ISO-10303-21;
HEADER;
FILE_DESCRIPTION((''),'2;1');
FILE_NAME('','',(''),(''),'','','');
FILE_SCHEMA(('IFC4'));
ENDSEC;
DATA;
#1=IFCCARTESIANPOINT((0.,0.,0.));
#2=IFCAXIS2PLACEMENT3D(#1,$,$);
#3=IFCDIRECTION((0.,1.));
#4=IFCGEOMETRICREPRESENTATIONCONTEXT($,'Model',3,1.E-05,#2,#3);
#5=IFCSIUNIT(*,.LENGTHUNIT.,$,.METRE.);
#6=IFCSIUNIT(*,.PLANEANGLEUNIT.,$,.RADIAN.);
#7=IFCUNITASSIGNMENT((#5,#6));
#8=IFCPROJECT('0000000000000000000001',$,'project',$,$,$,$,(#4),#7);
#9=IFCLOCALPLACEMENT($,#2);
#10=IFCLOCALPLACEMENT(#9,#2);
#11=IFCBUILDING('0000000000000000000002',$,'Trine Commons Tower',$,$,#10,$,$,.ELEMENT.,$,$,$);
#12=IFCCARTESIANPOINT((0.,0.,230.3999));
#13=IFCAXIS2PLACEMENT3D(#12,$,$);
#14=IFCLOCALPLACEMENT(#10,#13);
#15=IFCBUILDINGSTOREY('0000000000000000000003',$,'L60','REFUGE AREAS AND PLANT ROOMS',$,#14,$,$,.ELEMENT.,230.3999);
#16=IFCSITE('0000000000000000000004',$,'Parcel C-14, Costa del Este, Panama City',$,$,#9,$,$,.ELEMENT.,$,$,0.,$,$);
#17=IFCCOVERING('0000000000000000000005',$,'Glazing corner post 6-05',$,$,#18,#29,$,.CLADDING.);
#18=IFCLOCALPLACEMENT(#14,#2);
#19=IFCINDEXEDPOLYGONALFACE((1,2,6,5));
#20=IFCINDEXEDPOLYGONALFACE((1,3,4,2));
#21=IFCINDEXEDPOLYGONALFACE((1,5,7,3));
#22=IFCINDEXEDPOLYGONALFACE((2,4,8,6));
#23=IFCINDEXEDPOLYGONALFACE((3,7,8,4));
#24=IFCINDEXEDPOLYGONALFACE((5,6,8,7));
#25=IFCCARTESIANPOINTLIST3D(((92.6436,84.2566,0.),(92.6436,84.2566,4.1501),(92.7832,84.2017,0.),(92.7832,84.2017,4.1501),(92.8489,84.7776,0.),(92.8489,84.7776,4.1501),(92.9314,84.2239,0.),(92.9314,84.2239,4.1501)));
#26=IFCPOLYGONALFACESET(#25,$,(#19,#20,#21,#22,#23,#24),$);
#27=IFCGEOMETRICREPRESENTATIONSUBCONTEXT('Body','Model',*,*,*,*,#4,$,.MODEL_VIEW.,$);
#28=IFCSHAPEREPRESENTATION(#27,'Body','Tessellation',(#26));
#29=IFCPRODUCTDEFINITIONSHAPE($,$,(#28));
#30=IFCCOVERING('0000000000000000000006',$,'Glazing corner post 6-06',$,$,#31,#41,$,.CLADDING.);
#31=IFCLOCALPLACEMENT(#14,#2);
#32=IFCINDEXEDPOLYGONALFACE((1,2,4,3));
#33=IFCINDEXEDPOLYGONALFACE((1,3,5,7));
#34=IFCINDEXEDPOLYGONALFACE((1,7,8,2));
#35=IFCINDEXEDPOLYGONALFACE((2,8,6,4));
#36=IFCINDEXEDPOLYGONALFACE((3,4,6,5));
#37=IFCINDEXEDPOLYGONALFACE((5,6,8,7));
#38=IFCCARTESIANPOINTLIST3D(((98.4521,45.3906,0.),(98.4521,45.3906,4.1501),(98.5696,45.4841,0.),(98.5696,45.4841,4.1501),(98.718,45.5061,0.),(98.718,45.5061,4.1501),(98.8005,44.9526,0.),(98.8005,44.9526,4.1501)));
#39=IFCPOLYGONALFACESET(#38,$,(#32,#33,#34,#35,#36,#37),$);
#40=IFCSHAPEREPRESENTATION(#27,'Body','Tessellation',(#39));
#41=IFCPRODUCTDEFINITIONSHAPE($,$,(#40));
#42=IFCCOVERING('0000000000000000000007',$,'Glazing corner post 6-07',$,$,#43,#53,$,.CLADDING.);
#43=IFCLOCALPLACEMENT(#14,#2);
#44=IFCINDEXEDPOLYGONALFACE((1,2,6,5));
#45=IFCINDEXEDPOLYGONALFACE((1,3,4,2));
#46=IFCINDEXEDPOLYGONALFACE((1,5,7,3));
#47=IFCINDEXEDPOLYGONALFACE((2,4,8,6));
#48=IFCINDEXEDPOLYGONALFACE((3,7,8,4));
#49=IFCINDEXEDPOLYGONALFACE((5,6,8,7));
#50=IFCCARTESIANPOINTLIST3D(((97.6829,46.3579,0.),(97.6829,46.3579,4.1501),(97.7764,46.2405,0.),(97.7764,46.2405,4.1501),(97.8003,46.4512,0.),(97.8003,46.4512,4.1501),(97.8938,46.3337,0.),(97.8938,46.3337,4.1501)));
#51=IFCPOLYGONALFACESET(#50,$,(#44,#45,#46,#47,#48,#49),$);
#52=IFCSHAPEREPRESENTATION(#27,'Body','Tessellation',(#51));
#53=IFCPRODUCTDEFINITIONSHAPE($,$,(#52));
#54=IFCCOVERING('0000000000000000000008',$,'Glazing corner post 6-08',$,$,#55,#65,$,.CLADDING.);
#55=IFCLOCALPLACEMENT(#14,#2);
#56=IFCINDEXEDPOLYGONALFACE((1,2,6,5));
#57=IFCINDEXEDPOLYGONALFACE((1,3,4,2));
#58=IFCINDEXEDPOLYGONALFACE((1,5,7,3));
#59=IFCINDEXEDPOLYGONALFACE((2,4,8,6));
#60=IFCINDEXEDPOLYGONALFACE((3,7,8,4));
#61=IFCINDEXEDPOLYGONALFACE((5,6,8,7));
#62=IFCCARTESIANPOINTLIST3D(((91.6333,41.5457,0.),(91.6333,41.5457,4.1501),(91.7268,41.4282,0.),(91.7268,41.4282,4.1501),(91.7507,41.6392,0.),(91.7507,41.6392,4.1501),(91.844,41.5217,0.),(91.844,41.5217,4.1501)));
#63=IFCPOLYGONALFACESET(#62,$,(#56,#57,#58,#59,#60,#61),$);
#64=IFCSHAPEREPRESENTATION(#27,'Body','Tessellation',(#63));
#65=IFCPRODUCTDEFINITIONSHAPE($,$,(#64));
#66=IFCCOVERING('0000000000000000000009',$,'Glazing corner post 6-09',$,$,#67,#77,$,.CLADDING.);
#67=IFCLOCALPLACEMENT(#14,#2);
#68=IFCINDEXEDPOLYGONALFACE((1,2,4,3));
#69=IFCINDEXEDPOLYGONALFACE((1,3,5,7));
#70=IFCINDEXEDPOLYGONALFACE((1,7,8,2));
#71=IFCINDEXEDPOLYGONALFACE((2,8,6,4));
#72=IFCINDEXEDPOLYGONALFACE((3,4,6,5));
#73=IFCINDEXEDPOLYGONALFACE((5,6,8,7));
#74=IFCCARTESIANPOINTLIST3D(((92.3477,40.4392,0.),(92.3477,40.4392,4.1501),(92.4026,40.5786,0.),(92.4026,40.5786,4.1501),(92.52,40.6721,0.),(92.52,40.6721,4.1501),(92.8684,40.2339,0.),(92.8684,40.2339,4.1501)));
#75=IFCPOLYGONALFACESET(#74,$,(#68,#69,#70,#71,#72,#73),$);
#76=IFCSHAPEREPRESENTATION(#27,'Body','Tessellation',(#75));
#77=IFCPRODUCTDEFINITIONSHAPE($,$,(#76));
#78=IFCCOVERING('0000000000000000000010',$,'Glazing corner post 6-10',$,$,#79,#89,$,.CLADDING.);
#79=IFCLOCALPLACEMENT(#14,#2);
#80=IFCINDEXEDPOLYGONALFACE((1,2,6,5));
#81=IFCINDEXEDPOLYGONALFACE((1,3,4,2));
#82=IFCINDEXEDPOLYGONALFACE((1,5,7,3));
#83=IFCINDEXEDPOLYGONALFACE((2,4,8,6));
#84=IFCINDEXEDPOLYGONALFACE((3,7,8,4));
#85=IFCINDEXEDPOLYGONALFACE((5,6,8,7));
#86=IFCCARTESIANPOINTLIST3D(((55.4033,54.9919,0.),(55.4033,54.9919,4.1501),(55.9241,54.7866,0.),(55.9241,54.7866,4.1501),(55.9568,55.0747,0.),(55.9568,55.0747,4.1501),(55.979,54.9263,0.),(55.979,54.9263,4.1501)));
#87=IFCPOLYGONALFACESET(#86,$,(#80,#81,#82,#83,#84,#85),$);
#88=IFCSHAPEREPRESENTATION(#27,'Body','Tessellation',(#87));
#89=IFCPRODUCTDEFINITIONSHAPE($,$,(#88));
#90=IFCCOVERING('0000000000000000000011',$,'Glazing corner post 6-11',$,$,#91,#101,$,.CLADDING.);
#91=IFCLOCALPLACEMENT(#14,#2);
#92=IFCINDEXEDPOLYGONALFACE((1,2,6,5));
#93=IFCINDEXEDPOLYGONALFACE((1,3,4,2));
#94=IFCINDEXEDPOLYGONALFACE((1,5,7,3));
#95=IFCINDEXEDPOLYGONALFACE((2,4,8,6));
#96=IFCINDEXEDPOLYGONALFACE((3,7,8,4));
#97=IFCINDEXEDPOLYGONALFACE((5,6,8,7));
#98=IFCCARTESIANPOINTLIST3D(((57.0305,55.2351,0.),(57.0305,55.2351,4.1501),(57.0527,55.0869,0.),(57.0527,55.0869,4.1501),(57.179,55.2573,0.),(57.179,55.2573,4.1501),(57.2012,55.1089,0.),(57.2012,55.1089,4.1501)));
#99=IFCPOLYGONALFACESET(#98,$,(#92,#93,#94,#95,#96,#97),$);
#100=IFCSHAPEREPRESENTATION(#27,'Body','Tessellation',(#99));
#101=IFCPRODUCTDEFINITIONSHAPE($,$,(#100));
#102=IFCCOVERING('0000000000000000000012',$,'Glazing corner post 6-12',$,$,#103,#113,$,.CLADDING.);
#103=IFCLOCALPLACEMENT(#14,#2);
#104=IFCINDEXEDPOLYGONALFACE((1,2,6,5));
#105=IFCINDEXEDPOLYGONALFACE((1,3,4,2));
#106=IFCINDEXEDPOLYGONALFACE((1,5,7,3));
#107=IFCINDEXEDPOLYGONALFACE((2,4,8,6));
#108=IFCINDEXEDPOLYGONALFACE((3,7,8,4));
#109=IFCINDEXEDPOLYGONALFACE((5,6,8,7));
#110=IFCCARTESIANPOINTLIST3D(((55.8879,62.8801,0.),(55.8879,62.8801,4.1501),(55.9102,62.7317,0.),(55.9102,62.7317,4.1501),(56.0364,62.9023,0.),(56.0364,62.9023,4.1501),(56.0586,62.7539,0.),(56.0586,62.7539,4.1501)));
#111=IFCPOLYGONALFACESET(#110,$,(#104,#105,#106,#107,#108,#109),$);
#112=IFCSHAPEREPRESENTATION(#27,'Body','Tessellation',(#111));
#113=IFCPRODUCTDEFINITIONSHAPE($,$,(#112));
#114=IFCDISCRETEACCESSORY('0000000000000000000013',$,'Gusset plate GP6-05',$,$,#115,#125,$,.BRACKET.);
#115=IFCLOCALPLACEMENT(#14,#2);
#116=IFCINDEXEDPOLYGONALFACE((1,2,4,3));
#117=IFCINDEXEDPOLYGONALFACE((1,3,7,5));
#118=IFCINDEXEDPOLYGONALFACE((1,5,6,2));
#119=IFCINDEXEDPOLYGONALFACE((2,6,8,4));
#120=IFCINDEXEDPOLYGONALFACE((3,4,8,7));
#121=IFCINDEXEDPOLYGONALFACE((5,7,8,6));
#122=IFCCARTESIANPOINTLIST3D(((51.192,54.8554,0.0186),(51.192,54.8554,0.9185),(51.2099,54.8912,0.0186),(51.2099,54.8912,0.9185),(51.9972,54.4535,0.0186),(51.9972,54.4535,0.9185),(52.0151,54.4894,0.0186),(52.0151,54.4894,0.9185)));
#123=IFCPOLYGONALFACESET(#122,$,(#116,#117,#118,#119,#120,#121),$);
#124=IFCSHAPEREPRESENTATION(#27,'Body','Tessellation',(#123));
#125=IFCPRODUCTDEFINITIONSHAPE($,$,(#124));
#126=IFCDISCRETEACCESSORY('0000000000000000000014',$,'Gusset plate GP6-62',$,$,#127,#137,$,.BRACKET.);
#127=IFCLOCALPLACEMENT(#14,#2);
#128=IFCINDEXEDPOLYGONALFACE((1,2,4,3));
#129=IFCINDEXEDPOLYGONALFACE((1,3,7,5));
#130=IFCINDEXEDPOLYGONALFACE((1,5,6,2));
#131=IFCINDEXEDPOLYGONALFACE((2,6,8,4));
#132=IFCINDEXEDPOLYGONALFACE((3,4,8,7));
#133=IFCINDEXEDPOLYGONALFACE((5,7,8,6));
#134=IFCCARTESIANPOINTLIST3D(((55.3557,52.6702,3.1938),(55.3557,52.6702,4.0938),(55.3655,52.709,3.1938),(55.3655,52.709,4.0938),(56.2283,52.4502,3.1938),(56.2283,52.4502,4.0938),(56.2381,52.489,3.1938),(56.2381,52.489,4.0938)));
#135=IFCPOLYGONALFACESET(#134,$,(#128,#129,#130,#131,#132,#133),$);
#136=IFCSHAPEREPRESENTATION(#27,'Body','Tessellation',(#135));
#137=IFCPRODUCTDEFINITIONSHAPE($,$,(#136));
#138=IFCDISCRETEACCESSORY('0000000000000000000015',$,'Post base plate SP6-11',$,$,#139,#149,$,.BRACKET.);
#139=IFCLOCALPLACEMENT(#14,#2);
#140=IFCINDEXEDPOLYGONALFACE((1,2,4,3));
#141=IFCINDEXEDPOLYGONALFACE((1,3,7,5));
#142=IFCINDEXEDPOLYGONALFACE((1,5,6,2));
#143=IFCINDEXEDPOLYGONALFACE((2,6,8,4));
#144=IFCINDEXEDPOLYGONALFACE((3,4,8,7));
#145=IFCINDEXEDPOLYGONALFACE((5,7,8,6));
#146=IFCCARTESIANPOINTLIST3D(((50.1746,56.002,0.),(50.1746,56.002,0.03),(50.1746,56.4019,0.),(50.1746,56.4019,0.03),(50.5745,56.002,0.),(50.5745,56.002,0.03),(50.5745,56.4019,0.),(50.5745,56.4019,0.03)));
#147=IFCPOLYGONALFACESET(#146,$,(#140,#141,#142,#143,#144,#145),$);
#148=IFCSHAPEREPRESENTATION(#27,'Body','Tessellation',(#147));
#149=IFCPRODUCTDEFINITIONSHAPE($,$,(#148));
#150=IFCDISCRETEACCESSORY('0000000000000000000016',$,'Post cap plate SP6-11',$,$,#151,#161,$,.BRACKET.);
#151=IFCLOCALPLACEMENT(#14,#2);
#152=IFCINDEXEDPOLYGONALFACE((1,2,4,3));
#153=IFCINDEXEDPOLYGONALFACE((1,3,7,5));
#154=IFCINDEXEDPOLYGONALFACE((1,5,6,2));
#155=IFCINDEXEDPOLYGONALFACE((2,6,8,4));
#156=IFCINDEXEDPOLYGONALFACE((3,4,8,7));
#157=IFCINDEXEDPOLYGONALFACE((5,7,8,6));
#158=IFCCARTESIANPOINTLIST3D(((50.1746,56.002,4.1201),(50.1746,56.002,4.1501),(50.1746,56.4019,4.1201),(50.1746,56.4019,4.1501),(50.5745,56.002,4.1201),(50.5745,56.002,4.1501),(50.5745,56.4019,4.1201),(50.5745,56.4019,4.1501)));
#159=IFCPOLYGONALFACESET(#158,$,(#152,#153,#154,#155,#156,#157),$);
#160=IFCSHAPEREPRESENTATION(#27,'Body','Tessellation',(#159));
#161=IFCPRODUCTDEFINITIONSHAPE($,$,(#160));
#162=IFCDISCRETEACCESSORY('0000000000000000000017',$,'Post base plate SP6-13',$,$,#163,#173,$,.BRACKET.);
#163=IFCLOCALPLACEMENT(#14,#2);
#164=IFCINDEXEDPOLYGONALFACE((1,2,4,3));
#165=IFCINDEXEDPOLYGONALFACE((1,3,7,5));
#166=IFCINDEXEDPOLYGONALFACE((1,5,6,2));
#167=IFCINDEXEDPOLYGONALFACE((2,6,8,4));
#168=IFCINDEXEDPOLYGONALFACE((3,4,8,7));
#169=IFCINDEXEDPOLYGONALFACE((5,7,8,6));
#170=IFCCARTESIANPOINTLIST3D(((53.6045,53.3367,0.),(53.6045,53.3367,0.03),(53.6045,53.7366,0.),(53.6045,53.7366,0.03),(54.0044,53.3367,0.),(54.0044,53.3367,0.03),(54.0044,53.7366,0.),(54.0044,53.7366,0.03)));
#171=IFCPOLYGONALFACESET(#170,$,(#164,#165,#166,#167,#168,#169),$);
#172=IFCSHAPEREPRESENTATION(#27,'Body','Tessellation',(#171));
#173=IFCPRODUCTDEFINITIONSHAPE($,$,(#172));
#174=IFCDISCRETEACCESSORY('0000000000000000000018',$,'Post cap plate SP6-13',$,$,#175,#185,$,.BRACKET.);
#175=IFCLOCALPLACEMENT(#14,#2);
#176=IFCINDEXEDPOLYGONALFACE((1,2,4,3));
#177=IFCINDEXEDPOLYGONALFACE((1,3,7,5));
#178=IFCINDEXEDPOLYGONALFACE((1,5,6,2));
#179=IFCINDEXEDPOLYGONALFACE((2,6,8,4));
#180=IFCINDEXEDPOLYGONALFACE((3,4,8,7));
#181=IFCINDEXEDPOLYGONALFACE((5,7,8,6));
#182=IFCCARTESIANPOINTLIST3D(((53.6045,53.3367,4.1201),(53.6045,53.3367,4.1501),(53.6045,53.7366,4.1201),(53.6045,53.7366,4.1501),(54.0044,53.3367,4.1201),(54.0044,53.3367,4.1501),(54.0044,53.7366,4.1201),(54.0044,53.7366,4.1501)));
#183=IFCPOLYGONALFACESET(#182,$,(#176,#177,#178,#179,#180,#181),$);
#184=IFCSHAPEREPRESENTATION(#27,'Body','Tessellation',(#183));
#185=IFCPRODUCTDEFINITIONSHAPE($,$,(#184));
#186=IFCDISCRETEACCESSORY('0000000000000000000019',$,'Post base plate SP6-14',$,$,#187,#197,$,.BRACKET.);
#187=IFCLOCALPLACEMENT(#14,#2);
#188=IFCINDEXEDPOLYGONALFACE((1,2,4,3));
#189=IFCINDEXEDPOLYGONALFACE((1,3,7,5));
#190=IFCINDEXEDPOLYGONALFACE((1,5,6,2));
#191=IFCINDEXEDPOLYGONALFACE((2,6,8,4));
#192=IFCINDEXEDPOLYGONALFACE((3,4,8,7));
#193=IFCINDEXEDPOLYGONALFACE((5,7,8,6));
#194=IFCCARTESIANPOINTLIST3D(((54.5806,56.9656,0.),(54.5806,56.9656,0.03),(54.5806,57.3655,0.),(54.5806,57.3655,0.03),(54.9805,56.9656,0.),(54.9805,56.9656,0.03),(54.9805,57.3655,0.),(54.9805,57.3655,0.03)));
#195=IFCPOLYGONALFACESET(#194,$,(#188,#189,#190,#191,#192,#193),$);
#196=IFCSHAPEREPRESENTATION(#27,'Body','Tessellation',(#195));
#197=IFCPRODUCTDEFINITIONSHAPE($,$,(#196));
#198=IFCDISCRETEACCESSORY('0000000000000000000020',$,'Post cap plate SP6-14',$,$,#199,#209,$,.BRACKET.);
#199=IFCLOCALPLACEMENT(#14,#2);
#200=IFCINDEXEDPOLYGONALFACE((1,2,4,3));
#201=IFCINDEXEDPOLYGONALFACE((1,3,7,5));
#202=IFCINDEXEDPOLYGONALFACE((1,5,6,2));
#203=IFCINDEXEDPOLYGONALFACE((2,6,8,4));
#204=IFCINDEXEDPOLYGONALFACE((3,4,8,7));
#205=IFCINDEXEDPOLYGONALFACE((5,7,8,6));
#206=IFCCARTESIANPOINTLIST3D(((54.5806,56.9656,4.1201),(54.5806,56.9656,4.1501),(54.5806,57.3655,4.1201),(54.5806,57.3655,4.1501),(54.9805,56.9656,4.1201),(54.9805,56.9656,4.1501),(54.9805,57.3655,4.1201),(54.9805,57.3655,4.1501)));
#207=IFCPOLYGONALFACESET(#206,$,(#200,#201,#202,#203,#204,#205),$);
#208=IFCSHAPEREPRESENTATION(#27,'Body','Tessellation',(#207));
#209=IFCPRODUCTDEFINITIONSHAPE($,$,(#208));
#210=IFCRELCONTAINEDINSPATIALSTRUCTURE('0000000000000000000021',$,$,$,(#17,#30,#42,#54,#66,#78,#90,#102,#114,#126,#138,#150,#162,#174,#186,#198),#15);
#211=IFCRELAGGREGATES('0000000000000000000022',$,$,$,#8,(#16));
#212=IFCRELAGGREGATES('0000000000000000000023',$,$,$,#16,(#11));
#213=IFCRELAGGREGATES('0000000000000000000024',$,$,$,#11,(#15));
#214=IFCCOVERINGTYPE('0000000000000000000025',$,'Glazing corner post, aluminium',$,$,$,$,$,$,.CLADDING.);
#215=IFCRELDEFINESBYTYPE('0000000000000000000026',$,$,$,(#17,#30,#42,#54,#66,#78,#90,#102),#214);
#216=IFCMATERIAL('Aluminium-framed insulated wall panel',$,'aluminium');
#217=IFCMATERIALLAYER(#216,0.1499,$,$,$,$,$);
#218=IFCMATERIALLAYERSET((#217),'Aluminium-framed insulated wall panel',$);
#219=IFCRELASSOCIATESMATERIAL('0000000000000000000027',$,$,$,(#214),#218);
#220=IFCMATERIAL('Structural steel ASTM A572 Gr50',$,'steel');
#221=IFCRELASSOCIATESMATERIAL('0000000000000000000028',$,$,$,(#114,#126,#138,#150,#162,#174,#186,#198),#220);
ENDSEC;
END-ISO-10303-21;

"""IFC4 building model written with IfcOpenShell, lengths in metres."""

from ifc_helpers import new_model, si_unit, direction, frame, origin, origin_2d, place, context, subcontext, project, spatial, polyline, rectangle, outline, extrude, material, layer, layer_set, type_object, element, save


model = new_model("IFC4")

# Units and contexts
model_context = context("Model", 3, precision=1e-05, world=origin(), true_north=direction((0.0, 1.0)))
body_context = subcontext(model_context, "Body", "Model", "MODEL_VIEW")
ifc_project = project(units=[si_unit("LENGTHUNIT", "METRE"), si_unit("PLANEANGLEUNIT", "RADIAN")], contexts=[model_context])

# Site, building, storey
site_placement = place(None, origin())
site = spatial("IfcSite", under=ifc_project, at=site_placement, Name="Parcel C-14, Costa del Este, Panama City", CompositionType="ELEMENT", RefElevation=0.0)
building_placement = place(site_placement, origin())
building = spatial("IfcBuilding", under=site, at=building_placement, Name="Trine Commons Tower", CompositionType="ELEMENT")
storey_placement = place(building_placement, frame((0.0, 0.0, 230.3999)))
storey = spatial("IfcBuildingStorey", under=building, at=storey_placement, Name="L60", Description="REFUGE AREAS AND PLANT ROOMS", CompositionType="ELEMENT", Elevation=230.3999)

# Shared definitions
ifc_material_1 = material(Name="Aluminium-framed insulated wall panel", Category="aluminium")

# Coverings
ifc_layer_1 = layer(ifc_material_1, 0.1499)
ifc_layer_set_1 = layer_set([ifc_layer_1], Name="Aluminium-framed insulated wall panel")
covering_type = type_object("IfcCoveringType", Name="Glazing corner post, aluminium", PredefinedType="CLADDING", material=ifc_layer_set_1)
covering_1_placement = place(storey_placement, origin())
element("IfcCovering", 1, at=covering_1_placement, inside=storey, type_object=covering_type, Name="Glazing corner post 6-05", PredefinedType="CLADDING", context=body_context, shape_type="SweptSolid", body=[
    extrude(outline(polyline([(92.6436, 84.2566), (92.7832, 84.2017), (92.9314, 84.2239), (92.8489, 84.7776), (92.6436, 84.2566)])), origin(), (0.0, 0.0, 1.0), 4.1501),
])
covering_2_placement = place(storey_placement, origin())
element("IfcCovering", 2, at=covering_2_placement, inside=storey, type_object=covering_type, Name="Glazing corner post 6-06", PredefinedType="CLADDING", context=body_context, shape_type="SweptSolid", body=[
    extrude(outline(polyline([(98.4521, 45.3906), (98.8005, 44.9526), (98.718, 45.5061), (98.5696, 45.4841), (98.4521, 45.3906)])), origin(), (0.0, 0.0, 1.0), 4.1501),
])
covering_3_placement = place(storey_placement, origin())
element("IfcCovering", 3, at=covering_3_placement, inside=storey, type_object=covering_type, Name="Glazing corner post 6-07", PredefinedType="CLADDING", context=body_context, shape_type="SweptSolid", body=[
    extrude(outline(polyline([(97.6829, 46.3579), (97.7764, 46.2405), (97.7764, 46.2405), (97.8938, 46.3337), (97.8003, 46.4512), (97.8003, 46.4512), (97.6829, 46.3579)])), origin(), (0.0, 0.0, 1.0), 4.1501),
])
covering_4_placement = place(storey_placement, origin())
element("IfcCovering", 4, at=covering_4_placement, inside=storey, type_object=covering_type, Name="Glazing corner post 6-08", PredefinedType="CLADDING", context=body_context, shape_type="SweptSolid", body=[
    extrude(outline(polyline([(91.7268, 41.4282), (91.844, 41.5217), (91.7507, 41.6392), (91.6333, 41.5457), (91.7268, 41.4282)])), origin(), (0.0, 0.0, 1.0), 4.1501),
])
covering_5_placement = place(storey_placement, origin())
element("IfcCovering", 5, at=covering_5_placement, inside=storey, type_object=covering_type, Name="Glazing corner post 6-09", PredefinedType="CLADDING", context=body_context, shape_type="SweptSolid", body=[
    extrude(outline(polyline([(92.3477, 40.4392), (92.8684, 40.2339), (92.52, 40.6721), (92.4026, 40.5786), (92.3477, 40.4392)])), origin(), (0.0, 0.0, 1.0), 4.1501),
])
covering_6_placement = place(storey_placement, origin())
element("IfcCovering", 6, at=covering_6_placement, inside=storey, type_object=covering_type, Name="Glazing corner post 6-10", PredefinedType="CLADDING", context=body_context, shape_type="SweptSolid", body=[
    extrude(outline(polyline([(55.9241, 54.7866), (55.979, 54.9263), (55.9568, 55.0747), (55.4033, 54.9919), (55.9241, 54.7866)])), origin(), (0.0, 0.0, 1.0), 4.1501),
])
covering_7_placement = place(storey_placement, origin())
element("IfcCovering", 7, at=covering_7_placement, inside=storey, type_object=covering_type, Name="Glazing corner post 6-11", PredefinedType="CLADDING", context=body_context, shape_type="SweptSolid", body=[
    extrude(outline(polyline([(57.0305, 55.2351), (57.0527, 55.0869), (57.2012, 55.1089), (57.179, 55.2573), (57.0305, 55.2351)])), origin(), (0.0, 0.0, 1.0), 4.1501),
])
covering_8_placement = place(storey_placement, origin())
element("IfcCovering", 8, at=covering_8_placement, inside=storey, type_object=covering_type, Name="Glazing corner post 6-12", PredefinedType="CLADDING", context=body_context, shape_type="SweptSolid", body=[
    extrude(outline(polyline([(55.9102, 62.7317), (55.9102, 62.7317), (56.0586, 62.7539), (56.0364, 62.9023), (55.8879, 62.8801), (55.9102, 62.7317)])), origin(), (0.0, 0.0, 1.0), 4.1501),
])

# Discrete accessories
ifc_material_2 = material(Name="Structural steel ASTM A572 Gr50", Category="steel")
for number, where, z_axis, x_axis, name in (
    (9, (51.6035, 54.6724, 0.0186), (0.0, 0.0, 1.0), (0.894763, -0.446541, 0.0), "Gusset plate GP6-05"),
    (10, (55.7969, 52.5796, 3.1938), (0.0, 0.0, 1.0), (-0.969646, 0.244512, 0.0), "Gusset plate GP6-62"),
):
    element("IfcDiscreteAccessory", number, at=place(storey_placement, frame(where, z_axis=z_axis, x_axis=x_axis)), inside=storey, material=ifc_material_2, Name=name, PredefinedType="BRACKET", context=body_context, shape_type="SweptSolid", body=[
        extrude(rectangle(XDim=0.8999, YDim=0.04, at=origin_2d()), origin(), (0.0, 0.0, 1.0), 0.8999),
    ])
for number, where, z_axis, x_axis, name in (
    (11, (50.3745, 56.2019, 0.0), (0.0, 0.0, 1.0), (1.0, 0.0, 0.0), "Post base plate SP6-11"),
    (12, (50.3745, 56.2019, 4.1201), (0.0, 0.0, 1.0), (1.0, 0.0, 0.0), "Post cap plate SP6-11"),
    (13, (53.8044, 53.5366, 0.0), (0.0, 0.0, 1.0), (1.0, 0.0, 0.0), "Post base plate SP6-13"),
    (14, (53.8044, 53.5366, 4.1201), (0.0, 0.0, 1.0), (1.0, 0.0, 0.0), "Post cap plate SP6-13"),
    (15, (54.7805, 57.1655, 0.0), (0.0, 0.0, 1.0), (1.0, 0.0, 0.0), "Post base plate SP6-14"),
    (16, (54.7805, 57.1655, 4.1201), (0.0, 0.0, 1.0), (1.0, 0.0, 0.0), "Post cap plate SP6-14"),
):
    element("IfcDiscreteAccessory", number, at=place(storey_placement, frame(where, z_axis=z_axis, x_axis=x_axis)), inside=storey, material=ifc_material_2, Name=name, PredefinedType="BRACKET", context=body_context, shape_type="SweptSolid", body=[
        extrude(rectangle(XDim=0.3999, YDim=0.3999, at=origin_2d()), origin(), (0.0, 0.0, 1.0), 0.03),
    ])

save(model, "model.ifc")
